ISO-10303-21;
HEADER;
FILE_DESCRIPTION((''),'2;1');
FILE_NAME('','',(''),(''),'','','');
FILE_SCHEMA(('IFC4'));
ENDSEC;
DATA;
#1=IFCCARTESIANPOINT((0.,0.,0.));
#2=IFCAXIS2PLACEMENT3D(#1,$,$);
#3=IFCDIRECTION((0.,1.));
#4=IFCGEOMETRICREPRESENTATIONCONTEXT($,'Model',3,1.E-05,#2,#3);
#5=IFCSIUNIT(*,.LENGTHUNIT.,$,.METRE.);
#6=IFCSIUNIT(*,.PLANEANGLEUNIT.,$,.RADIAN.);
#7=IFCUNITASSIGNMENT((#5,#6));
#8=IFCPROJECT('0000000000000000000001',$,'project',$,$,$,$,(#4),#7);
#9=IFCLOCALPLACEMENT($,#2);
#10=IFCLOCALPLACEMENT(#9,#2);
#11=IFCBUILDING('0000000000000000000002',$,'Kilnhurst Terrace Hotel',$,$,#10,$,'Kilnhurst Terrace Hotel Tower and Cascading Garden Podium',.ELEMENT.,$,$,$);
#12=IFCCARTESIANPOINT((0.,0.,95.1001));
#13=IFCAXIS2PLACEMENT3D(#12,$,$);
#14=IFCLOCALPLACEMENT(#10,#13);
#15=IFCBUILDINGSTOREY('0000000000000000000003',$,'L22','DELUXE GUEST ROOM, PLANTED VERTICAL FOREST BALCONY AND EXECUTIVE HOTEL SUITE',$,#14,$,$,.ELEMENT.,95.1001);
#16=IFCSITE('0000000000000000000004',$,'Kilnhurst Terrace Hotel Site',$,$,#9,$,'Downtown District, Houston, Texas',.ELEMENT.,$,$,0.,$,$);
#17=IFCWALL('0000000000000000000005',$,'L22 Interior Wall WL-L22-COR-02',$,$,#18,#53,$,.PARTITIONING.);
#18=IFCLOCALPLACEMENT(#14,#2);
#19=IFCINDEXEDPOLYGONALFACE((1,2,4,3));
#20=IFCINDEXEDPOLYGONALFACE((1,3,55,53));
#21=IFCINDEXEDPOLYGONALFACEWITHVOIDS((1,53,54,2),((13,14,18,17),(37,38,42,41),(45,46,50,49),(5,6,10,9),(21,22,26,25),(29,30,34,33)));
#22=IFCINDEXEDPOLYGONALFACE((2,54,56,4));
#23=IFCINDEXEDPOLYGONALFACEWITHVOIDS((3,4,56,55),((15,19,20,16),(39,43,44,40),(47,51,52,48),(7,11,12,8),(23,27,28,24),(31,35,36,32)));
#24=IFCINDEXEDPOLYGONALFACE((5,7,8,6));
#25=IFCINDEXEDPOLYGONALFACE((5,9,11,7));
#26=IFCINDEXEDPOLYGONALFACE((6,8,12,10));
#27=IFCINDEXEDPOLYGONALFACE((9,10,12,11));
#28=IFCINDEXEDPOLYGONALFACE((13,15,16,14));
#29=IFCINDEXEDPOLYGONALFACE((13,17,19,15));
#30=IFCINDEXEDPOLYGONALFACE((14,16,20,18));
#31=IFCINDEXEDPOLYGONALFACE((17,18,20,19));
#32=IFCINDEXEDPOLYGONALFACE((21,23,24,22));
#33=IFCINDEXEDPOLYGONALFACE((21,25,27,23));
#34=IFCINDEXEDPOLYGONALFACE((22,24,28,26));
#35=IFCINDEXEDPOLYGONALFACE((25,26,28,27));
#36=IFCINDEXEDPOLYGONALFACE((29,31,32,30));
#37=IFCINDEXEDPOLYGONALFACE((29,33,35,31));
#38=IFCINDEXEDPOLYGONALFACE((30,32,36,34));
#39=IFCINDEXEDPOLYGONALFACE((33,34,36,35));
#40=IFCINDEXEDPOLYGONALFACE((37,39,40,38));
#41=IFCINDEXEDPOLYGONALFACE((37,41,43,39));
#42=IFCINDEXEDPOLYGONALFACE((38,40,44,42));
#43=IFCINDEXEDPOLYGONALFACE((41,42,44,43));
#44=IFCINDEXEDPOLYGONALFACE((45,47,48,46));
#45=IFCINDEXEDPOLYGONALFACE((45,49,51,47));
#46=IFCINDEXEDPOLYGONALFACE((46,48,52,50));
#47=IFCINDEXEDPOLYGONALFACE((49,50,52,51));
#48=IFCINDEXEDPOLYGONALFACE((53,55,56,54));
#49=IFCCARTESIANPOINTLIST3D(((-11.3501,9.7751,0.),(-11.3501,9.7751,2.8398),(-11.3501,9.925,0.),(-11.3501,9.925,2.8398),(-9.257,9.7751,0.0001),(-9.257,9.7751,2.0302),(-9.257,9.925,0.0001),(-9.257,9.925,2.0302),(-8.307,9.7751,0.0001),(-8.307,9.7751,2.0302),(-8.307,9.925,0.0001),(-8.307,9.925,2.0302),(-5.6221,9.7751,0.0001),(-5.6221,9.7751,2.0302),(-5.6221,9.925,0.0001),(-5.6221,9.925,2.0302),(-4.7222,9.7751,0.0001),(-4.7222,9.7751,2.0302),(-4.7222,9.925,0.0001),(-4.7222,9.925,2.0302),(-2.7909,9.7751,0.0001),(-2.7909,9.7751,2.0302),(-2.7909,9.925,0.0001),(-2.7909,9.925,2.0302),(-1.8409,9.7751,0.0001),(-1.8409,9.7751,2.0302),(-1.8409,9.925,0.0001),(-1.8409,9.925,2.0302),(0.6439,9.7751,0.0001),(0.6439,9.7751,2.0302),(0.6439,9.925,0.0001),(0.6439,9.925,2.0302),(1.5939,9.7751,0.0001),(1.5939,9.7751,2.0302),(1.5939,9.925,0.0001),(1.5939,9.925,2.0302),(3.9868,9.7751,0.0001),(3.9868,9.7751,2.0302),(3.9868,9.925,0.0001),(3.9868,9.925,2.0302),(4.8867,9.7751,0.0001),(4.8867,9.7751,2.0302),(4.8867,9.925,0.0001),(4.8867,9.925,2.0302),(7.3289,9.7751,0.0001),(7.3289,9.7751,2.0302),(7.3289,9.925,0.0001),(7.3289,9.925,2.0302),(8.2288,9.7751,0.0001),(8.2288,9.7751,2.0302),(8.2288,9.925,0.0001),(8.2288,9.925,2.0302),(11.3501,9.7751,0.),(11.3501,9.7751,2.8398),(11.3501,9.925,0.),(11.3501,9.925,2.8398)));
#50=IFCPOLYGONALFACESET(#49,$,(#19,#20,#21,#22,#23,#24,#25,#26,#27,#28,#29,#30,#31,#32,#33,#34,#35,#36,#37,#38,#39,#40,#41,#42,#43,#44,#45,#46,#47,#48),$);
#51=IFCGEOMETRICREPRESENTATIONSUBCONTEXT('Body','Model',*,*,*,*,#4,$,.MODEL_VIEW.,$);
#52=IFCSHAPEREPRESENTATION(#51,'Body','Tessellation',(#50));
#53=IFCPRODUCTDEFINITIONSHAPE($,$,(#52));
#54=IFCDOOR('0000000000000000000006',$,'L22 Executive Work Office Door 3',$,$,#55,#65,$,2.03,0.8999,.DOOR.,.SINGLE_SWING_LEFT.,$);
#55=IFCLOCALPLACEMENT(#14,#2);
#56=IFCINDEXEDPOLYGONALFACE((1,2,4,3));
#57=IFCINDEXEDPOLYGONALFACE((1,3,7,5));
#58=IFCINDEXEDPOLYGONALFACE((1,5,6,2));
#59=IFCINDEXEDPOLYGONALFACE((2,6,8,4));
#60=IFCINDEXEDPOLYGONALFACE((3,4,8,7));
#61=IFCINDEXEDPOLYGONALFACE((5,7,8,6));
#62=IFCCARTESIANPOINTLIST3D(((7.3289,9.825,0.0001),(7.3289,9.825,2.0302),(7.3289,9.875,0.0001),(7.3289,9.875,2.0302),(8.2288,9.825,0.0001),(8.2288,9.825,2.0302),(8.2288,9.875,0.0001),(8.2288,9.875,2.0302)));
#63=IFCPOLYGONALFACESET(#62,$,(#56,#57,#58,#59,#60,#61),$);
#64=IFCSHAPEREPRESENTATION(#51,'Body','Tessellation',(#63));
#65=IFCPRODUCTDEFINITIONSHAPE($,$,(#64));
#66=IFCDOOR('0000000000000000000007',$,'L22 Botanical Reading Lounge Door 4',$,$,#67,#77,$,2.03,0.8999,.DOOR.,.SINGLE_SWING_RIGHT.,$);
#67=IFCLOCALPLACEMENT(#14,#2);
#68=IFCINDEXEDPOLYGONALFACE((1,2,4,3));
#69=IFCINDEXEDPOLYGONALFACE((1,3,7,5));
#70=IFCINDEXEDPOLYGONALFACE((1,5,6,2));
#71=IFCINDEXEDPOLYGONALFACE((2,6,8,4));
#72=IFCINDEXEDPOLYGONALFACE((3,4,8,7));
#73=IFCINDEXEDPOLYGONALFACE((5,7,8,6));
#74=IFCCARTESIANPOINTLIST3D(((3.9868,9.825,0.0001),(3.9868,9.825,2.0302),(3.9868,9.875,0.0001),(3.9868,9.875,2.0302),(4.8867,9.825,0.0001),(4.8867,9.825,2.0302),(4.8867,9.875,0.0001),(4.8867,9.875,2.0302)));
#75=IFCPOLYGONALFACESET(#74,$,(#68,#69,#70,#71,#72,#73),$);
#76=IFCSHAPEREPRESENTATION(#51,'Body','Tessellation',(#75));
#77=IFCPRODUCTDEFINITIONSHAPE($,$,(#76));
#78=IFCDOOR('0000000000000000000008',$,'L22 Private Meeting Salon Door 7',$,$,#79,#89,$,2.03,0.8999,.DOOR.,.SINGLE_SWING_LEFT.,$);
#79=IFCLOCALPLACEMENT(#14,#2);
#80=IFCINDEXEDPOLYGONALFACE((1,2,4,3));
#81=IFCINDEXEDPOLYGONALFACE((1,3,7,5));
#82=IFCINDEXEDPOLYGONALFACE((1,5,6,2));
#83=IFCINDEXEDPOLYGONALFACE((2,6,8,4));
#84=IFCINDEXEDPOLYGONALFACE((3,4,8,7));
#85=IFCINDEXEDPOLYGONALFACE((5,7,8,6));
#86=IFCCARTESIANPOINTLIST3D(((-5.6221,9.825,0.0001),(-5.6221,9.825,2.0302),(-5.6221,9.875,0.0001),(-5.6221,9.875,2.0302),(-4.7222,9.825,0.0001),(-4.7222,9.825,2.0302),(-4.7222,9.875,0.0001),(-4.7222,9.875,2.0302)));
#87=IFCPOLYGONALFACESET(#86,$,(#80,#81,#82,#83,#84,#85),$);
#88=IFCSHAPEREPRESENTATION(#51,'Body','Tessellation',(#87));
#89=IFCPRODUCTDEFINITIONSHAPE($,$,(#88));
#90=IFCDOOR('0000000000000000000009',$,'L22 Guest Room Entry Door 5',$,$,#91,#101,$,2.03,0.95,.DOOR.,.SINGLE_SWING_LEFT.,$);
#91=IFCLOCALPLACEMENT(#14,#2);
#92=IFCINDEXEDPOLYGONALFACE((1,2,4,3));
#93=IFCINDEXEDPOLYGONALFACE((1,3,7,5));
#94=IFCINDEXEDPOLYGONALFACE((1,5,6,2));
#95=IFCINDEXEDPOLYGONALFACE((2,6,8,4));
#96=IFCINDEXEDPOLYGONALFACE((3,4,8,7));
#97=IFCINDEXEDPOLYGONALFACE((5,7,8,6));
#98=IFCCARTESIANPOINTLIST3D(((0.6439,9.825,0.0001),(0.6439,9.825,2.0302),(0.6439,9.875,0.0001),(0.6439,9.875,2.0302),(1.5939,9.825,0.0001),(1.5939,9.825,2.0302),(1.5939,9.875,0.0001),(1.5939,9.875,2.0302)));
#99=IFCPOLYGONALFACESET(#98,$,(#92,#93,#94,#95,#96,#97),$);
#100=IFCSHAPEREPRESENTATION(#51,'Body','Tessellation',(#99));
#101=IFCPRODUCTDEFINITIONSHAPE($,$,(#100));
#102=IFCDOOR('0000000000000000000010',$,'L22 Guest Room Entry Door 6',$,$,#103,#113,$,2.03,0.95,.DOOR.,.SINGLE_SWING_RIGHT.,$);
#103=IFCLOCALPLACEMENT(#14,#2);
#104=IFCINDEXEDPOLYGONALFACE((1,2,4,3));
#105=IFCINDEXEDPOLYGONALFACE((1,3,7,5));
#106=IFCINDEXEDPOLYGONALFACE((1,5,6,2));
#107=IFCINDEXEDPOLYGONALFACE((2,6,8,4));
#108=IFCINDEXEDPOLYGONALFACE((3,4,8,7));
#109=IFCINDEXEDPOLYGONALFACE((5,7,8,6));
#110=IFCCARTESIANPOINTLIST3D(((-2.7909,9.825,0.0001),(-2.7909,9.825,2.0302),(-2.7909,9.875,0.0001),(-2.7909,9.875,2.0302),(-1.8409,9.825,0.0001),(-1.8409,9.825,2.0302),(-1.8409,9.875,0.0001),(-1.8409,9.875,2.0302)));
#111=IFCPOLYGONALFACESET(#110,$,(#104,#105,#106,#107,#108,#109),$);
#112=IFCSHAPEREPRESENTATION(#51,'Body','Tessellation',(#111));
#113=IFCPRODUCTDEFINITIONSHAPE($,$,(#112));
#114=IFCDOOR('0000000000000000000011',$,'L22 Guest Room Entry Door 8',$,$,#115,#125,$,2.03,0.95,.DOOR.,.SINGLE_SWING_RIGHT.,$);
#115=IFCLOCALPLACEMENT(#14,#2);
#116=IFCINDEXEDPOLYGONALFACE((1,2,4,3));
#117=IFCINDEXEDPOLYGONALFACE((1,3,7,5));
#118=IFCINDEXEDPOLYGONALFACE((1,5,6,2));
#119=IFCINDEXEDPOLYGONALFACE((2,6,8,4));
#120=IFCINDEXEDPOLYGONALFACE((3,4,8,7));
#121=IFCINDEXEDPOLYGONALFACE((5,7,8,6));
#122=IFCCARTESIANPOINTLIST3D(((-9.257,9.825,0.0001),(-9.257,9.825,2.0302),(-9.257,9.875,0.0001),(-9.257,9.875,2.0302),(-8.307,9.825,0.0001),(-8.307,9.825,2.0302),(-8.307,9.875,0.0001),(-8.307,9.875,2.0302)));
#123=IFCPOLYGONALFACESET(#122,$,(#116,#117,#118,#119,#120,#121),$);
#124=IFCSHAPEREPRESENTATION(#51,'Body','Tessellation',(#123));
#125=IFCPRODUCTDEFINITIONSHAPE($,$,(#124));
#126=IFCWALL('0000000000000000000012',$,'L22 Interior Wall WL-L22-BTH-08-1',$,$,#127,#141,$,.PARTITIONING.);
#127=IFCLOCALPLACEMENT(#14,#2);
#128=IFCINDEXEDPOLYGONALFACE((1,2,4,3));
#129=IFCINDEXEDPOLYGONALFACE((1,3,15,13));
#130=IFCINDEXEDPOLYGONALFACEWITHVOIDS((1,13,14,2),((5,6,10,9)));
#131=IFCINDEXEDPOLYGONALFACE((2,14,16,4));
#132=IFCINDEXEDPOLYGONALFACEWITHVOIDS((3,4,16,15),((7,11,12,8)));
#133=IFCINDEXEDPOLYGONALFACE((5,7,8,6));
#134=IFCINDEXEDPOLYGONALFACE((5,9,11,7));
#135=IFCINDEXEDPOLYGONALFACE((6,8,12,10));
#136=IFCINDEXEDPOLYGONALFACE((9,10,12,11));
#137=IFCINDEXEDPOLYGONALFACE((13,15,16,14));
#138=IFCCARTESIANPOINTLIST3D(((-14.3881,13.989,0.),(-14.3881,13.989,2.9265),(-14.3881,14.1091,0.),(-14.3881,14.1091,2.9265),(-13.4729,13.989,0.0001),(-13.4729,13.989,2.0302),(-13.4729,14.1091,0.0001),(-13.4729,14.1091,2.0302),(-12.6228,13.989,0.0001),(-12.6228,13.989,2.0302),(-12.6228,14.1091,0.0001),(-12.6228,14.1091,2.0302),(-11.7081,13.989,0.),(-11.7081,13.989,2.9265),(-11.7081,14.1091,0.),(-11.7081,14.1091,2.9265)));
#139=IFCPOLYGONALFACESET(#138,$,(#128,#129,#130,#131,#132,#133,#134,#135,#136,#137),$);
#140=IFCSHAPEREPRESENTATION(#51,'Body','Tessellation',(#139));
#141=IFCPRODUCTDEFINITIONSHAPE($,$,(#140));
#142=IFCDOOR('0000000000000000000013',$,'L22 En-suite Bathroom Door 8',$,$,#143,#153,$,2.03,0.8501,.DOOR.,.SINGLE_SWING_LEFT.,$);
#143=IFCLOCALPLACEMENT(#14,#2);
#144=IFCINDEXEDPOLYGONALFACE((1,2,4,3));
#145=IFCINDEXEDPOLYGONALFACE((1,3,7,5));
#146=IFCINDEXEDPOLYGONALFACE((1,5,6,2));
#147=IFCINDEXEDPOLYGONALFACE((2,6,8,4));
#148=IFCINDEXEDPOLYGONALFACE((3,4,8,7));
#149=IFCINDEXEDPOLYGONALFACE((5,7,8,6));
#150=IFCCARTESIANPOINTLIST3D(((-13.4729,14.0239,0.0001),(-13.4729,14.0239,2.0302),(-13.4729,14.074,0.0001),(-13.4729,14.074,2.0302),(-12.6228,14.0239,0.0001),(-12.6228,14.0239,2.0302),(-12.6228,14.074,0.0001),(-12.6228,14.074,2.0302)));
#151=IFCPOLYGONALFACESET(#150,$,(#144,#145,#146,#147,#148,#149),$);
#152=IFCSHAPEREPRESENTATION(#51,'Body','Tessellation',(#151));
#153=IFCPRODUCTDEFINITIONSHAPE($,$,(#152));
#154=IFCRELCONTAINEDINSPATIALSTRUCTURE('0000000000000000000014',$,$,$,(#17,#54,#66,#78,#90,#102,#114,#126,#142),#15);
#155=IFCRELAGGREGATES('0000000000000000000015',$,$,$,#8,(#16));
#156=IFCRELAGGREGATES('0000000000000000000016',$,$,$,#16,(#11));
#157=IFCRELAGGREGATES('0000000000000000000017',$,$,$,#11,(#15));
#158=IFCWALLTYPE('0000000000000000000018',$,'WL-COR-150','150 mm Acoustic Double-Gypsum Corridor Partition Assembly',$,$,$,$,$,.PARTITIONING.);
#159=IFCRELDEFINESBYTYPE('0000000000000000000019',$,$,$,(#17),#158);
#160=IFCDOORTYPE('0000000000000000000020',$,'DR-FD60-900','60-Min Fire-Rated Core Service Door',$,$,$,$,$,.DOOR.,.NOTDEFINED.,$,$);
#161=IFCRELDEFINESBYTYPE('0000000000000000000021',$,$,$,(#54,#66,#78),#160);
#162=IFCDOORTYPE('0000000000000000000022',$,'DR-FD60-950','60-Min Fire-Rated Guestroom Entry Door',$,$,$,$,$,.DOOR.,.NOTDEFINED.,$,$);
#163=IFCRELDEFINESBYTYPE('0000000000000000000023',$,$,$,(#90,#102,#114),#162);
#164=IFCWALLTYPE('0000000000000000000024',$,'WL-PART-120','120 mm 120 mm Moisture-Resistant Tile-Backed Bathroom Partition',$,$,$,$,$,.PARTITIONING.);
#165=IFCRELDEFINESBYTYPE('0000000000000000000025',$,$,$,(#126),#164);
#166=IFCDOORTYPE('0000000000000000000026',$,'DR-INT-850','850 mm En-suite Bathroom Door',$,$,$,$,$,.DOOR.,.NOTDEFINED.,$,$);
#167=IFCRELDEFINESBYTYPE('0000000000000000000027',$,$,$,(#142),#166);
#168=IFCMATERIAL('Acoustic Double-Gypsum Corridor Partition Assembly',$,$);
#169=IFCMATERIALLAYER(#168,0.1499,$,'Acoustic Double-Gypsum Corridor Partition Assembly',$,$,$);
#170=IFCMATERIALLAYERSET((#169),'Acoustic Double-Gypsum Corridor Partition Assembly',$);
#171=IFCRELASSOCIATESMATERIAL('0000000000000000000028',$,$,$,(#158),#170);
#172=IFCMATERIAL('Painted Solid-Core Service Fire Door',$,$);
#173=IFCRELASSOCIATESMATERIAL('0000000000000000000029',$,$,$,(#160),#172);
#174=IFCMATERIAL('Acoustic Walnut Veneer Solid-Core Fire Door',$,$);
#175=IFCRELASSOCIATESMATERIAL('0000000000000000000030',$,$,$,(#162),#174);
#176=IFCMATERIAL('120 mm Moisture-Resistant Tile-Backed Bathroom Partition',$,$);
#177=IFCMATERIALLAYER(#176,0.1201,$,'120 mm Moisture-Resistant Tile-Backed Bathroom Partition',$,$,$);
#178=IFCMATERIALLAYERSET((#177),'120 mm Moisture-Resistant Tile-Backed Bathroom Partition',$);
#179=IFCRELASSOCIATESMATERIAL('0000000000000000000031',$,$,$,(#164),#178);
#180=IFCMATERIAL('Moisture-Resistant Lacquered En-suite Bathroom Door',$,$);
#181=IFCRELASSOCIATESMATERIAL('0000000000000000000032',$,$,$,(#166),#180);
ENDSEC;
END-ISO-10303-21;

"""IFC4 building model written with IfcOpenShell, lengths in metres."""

from ifc_helpers import new_model, si_unit, direction, frame, frame_2d, origin, place, context, subcontext, project, spatial, rectangle, extrude, material, layer, layer_set, type_object, element, fill, save


model = new_model("IFC4")

# Units and contexts
model_context = context("Model", 3, precision=1e-05, world=origin(), true_north=direction((0.0, 1.0)))
body_context = subcontext(model_context, "Body", "Model", "MODEL_VIEW")
ifc_project = project(units=[si_unit("LENGTHUNIT", "METRE"), si_unit("PLANEANGLEUNIT", "RADIAN")], contexts=[model_context])

# Site, building, storey
site_placement = place(None, origin())
site = spatial("IfcSite", under=ifc_project, at=site_placement, Name="Kilnhurst Terrace Hotel Site", LongName="Downtown District, Houston, Texas", CompositionType="ELEMENT", RefElevation=0.0)
building_placement = place(site_placement, origin())
building = spatial("IfcBuilding", under=site, at=building_placement, Name="Kilnhurst Terrace Hotel", LongName="Kilnhurst Terrace Hotel Tower and Cascading Garden Podium", CompositionType="ELEMENT")
storey_placement = place(building_placement, frame((0.0, 0.0, 95.1001)))
storey = spatial("IfcBuildingStorey", under=building, at=storey_placement, Name="L22", Description="DELUXE GUEST ROOM, PLANTED VERTICAL FOREST BALCONY AND EXECUTIVE HOTEL SUITE", CompositionType="ELEMENT", Elevation=95.1001)

# Wall, openings, doors
ifc_material_1 = material(Name="Acoustic Double-Gypsum Corridor Partition Assembly")
ifc_layer_1 = layer(ifc_material_1, 0.1499, Name="Acoustic Double-Gypsum Corridor Partition Assembly")
ifc_layer_set_1 = layer_set([ifc_layer_1], Name="Acoustic Double-Gypsum Corridor Partition Assembly")
wall_type_1 = type_object("IfcWallType", Name="WL-COR-150", Description="150 mm Acoustic Double-Gypsum Corridor Partition Assembly", PredefinedType="PARTITIONING", material=ifc_layer_set_1)
wall_1_placement = place(storey_placement, frame((-11.3501, 9.8501, 0.0), z_axis=(0.0, 0.0, 1.0), x_axis=(1.0, 0.0, 0.0)))
wall_1 = element("IfcWall", 1, at=wall_1_placement, inside=storey, type_object=wall_type_1, Name="L22 Interior Wall WL-L22-COR-02", PredefinedType="PARTITIONING", context=body_context, shape_type="SweptSolid", body=[
    extrude(rectangle(XDim=22.7002, YDim=0.1499, at=frame_2d((11.3501, 0.0))), origin(), (0.0, 0.0, 1.0), 2.8398),
])
opening_1_placement = place(wall_1_placement, frame((18.679, 0.0, 0.0)))
opening_1 = element("IfcOpeningElement", 2, at=opening_1_placement, cuts=wall_1, PredefinedType="OPENING", context=body_context, shape_type="SweptSolid", body=[
    extrude(rectangle(XDim=0.8999, YDim=2.03, at=frame_2d((0.45, 1.0151))), frame((0.0, 0.085, 0.0), z_axis=(0.0, -1.0, 0.0), x_axis=(1.0, 0.0, 0.0)), (0.0, 0.0, 1.0), 0.1699),
])
opening_2_placement = place(wall_1_placement, frame((15.3369, 0.0, 0.0)))
opening_2 = element("IfcOpeningElement", 3, at=opening_2_placement, cuts=wall_1, PredefinedType="OPENING", context=body_context, shape_type="SweptSolid", body=[
    extrude(rectangle(XDim=0.8999, YDim=2.03, at=frame_2d((0.45, 1.0151))), frame((0.0, 0.085, 0.0), z_axis=(0.0, -1.0, 0.0), x_axis=(1.0, 0.0, 0.0)), (0.0, 0.0, 1.0), 0.1699),
])
opening_3_placement = place(wall_1_placement, frame((11.9939, 0.0, 0.0)))
opening_3 = element("IfcOpeningElement", 4, at=opening_3_placement, cuts=wall_1, PredefinedType="OPENING", context=body_context, shape_type="SweptSolid", body=[
    extrude(rectangle(XDim=0.95, YDim=2.03, at=frame_2d((0.4751, 1.0151))), frame((0.0, 0.085, 0.0), z_axis=(0.0, -1.0, 0.0), x_axis=(1.0, 0.0, 0.0)), (0.0, 0.0, 1.0), 0.1699),
])
opening_4_placement = place(wall_1_placement, frame((8.5591, 0.0, 0.0)))
opening_4 = element("IfcOpeningElement", 5, at=opening_4_placement, cuts=wall_1, PredefinedType="OPENING", context=body_context, shape_type="SweptSolid", body=[
    extrude(rectangle(XDim=0.95, YDim=2.03, at=frame_2d((0.4751, 1.0151))), frame((0.0, 0.085, 0.0), z_axis=(0.0, -1.0, 0.0), x_axis=(1.0, 0.0, 0.0)), (0.0, 0.0, 1.0), 0.1699),
])
opening_5_placement = place(wall_1_placement, frame((5.728, 0.0, 0.0)))
opening_5 = element("IfcOpeningElement", 6, at=opening_5_placement, cuts=wall_1, PredefinedType="OPENING", context=body_context, shape_type="SweptSolid", body=[
    extrude(rectangle(XDim=0.8999, YDim=2.03, at=frame_2d((0.45, 1.0151))), frame((0.0, 0.085, 0.0), z_axis=(0.0, -1.0, 0.0), x_axis=(1.0, 0.0, 0.0)), (0.0, 0.0, 1.0), 0.1699),
])
opening_6_placement = place(wall_1_placement, frame((2.093, 0.0, 0.0)))
opening_6 = element("IfcOpeningElement", 7, at=opening_6_placement, cuts=wall_1, PredefinedType="OPENING", context=body_context, shape_type="SweptSolid", body=[
    extrude(rectangle(XDim=0.95, YDim=2.03, at=frame_2d((0.4751, 1.0151))), frame((0.0, 0.085, 0.0), z_axis=(0.0, -1.0, 0.0), x_axis=(1.0, 0.0, 0.0)), (0.0, 0.0, 1.0), 0.1699),
])
ifc_material_2 = material(Name="Painted Solid-Core Service Fire Door")
door_type_1 = type_object("IfcDoorType", Name="DR-FD60-900", Description="60-Min Fire-Rated Core Service Door", OperationType="NOTDEFINED", PredefinedType="DOOR", material=ifc_material_2)
door_1_placement = place(opening_1_placement, origin())
door_1 = element("IfcDoor", 8, at=door_1_placement, inside=storey, type_object=door_type_1, Name="L22 Executive Work Office Door 3", OperationType="SINGLE_SWING_LEFT", OverallHeight=2.03, OverallWidth=0.8999, PredefinedType="DOOR", context=body_context, shape_type="SweptSolid", body=[
    extrude(rectangle(XDim=0.8999, YDim=2.03, at=frame_2d((0.45, 1.0151))), frame((0.0, 0.0249, 0.0), z_axis=(0.0, -1.0, 0.0), x_axis=(1.0, 0.0, 0.0)), (0.0, 0.0, 1.0), 0.05),
])
fill(opening_1, door_1)
door_2_placement = place(opening_2_placement, origin())
door_2 = element("IfcDoor", 9, at=door_2_placement, inside=storey, type_object=door_type_1, Name="L22 Botanical Reading Lounge Door 4", OperationType="SINGLE_SWING_RIGHT", OverallHeight=2.03, OverallWidth=0.8999, PredefinedType="DOOR", context=body_context, shape_type="SweptSolid", body=[
    extrude(rectangle(XDim=0.8999, YDim=2.03, at=frame_2d((0.45, 1.0151))), frame((0.0, 0.0249, 0.0), z_axis=(0.0, -1.0, 0.0), x_axis=(1.0, 0.0, 0.0)), (0.0, 0.0, 1.0), 0.05),
])
fill(opening_2, door_2)
door_3_placement = place(opening_5_placement, origin())
door_3 = element("IfcDoor", 10, at=door_3_placement, inside=storey, type_object=door_type_1, Name="L22 Private Meeting Salon Door 7", OperationType="SINGLE_SWING_LEFT", OverallHeight=2.03, OverallWidth=0.8999, PredefinedType="DOOR", context=body_context, shape_type="SweptSolid", body=[
    extrude(rectangle(XDim=0.8999, YDim=2.03, at=frame_2d((0.45, 1.0151))), frame((0.0, 0.0249, 0.0), z_axis=(0.0, -1.0, 0.0), x_axis=(1.0, 0.0, 0.0)), (0.0, 0.0, 1.0), 0.05),
])
fill(opening_5, door_3)
ifc_material_3 = material(Name="Acoustic Walnut Veneer Solid-Core Fire Door")
door_type_2 = type_object("IfcDoorType", Name="DR-FD60-950", Description="60-Min Fire-Rated Guestroom Entry Door", OperationType="NOTDEFINED", PredefinedType="DOOR", material=ifc_material_3)
door_4_placement = place(opening_3_placement, origin())
door_4 = element("IfcDoor", 11, at=door_4_placement, inside=storey, type_object=door_type_2, Name="L22 Guest Room Entry Door 5", OperationType="SINGLE_SWING_LEFT", OverallHeight=2.03, OverallWidth=0.95, PredefinedType="DOOR", context=body_context, shape_type="SweptSolid", body=[
    extrude(rectangle(XDim=0.95, YDim=2.03, at=frame_2d((0.4751, 1.0151))), frame((0.0, 0.0249, 0.0), z_axis=(0.0, -1.0, 0.0), x_axis=(1.0, 0.0, 0.0)), (0.0, 0.0, 1.0), 0.05),
])
fill(opening_3, door_4)
door_5_placement = place(opening_4_placement, origin())
door_5 = element("IfcDoor", 12, at=door_5_placement, inside=storey, type_object=door_type_2, Name="L22 Guest Room Entry Door 6", OperationType="SINGLE_SWING_RIGHT", OverallHeight=2.03, OverallWidth=0.95, PredefinedType="DOOR", context=body_context, shape_type="SweptSolid", body=[
    extrude(rectangle(XDim=0.95, YDim=2.03, at=frame_2d((0.4751, 1.0151))), frame((0.0, 0.0249, 0.0), z_axis=(0.0, -1.0, 0.0), x_axis=(1.0, 0.0, 0.0)), (0.0, 0.0, 1.0), 0.05),
])
fill(opening_4, door_5)
door_6_placement = place(opening_6_placement, origin())
door_6 = element("IfcDoor", 13, at=door_6_placement, inside=storey, type_object=door_type_2, Name="L22 Guest Room Entry Door 8", OperationType="SINGLE_SWING_RIGHT", OverallHeight=2.03, OverallWidth=0.95, PredefinedType="DOOR", context=body_context, shape_type="SweptSolid", body=[
    extrude(rectangle(XDim=0.95, YDim=2.03, at=frame_2d((0.4751, 1.0151))), frame((0.0, 0.0249, 0.0), z_axis=(0.0, -1.0, 0.0), x_axis=(1.0, 0.0, 0.0)), (0.0, 0.0, 1.0), 0.05),
])
fill(opening_6, door_6)

# Wall, opening, door
ifc_material_4 = material(Name="120 mm Moisture-Resistant Tile-Backed Bathroom Partition")
ifc_layer_2 = layer(ifc_material_4, 0.1201, Name="120 mm Moisture-Resistant Tile-Backed Bathroom Partition")
ifc_layer_set_2 = layer_set([ifc_layer_2], Name="120 mm Moisture-Resistant Tile-Backed Bathroom Partition")
wall_type_2 = type_object("IfcWallType", Name="WL-PART-120", Description="120 mm 120 mm Moisture-Resistant Tile-Backed Bathroom Partition", PredefinedType="PARTITIONING", material=ifc_layer_set_2)
wall_2_placement = place(storey_placement, frame((-14.3879, 14.0491, 0.0), z_axis=(0.0, 0.0, 1.0), x_axis=(1.0, 0.0, 0.0)))
wall_2 = element("IfcWall", 14, at=wall_2_placement, inside=storey, type_object=wall_type_2, Name="L22 Interior Wall WL-L22-BTH-08-1", PredefinedType="PARTITIONING", context=body_context, shape_type="SweptSolid", body=[
    extrude(rectangle(XDim=2.6799, YDim=0.1201, at=frame_2d((1.3398, 0.0))), origin(), (0.0, 0.0, 1.0), 2.9265),
])
opening_7_placement = place(wall_2_placement, frame((0.915, 0.0, 0.0)))
opening_7 = element("IfcOpeningElement", 15, at=opening_7_placement, cuts=wall_2, PredefinedType="OPENING", context=body_context, shape_type="SweptSolid", body=[
    extrude(rectangle(XDim=0.8501, YDim=2.03, at=frame_2d((0.425, 1.0151))), frame((0.0, 0.0701, 0.0), z_axis=(0.0, -1.0, 0.0), x_axis=(1.0, 0.0, 0.0)), (0.0, 0.0, 1.0), 0.1401),
])
ifc_material_5 = material(Name="Moisture-Resistant Lacquered En-suite Bathroom Door")
door_type_3 = type_object("IfcDoorType", Name="DR-INT-850", Description="850 mm En-suite Bathroom Door", OperationType="NOTDEFINED", PredefinedType="DOOR", material=ifc_material_5)
door_7_placement = place(opening_7_placement, origin())
door_7 = element("IfcDoor", 16, at=door_7_placement, inside=storey, type_object=door_type_3, Name="L22 En-suite Bathroom Door 8", OperationType="SINGLE_SWING_LEFT", OverallHeight=2.03, OverallWidth=0.8501, PredefinedType="DOOR", context=body_context, shape_type="SweptSolid", body=[
    extrude(rectangle(XDim=0.8501, YDim=2.03, at=frame_2d((0.425, 1.0151))), frame((0.0, 0.0249, 0.0), z_axis=(0.0, -1.0, 0.0), x_axis=(1.0, 0.0, 0.0)), (0.0, 0.0, 1.0), 0.05),
])
fill(opening_7, door_7)

save(model, "model.ifc")
